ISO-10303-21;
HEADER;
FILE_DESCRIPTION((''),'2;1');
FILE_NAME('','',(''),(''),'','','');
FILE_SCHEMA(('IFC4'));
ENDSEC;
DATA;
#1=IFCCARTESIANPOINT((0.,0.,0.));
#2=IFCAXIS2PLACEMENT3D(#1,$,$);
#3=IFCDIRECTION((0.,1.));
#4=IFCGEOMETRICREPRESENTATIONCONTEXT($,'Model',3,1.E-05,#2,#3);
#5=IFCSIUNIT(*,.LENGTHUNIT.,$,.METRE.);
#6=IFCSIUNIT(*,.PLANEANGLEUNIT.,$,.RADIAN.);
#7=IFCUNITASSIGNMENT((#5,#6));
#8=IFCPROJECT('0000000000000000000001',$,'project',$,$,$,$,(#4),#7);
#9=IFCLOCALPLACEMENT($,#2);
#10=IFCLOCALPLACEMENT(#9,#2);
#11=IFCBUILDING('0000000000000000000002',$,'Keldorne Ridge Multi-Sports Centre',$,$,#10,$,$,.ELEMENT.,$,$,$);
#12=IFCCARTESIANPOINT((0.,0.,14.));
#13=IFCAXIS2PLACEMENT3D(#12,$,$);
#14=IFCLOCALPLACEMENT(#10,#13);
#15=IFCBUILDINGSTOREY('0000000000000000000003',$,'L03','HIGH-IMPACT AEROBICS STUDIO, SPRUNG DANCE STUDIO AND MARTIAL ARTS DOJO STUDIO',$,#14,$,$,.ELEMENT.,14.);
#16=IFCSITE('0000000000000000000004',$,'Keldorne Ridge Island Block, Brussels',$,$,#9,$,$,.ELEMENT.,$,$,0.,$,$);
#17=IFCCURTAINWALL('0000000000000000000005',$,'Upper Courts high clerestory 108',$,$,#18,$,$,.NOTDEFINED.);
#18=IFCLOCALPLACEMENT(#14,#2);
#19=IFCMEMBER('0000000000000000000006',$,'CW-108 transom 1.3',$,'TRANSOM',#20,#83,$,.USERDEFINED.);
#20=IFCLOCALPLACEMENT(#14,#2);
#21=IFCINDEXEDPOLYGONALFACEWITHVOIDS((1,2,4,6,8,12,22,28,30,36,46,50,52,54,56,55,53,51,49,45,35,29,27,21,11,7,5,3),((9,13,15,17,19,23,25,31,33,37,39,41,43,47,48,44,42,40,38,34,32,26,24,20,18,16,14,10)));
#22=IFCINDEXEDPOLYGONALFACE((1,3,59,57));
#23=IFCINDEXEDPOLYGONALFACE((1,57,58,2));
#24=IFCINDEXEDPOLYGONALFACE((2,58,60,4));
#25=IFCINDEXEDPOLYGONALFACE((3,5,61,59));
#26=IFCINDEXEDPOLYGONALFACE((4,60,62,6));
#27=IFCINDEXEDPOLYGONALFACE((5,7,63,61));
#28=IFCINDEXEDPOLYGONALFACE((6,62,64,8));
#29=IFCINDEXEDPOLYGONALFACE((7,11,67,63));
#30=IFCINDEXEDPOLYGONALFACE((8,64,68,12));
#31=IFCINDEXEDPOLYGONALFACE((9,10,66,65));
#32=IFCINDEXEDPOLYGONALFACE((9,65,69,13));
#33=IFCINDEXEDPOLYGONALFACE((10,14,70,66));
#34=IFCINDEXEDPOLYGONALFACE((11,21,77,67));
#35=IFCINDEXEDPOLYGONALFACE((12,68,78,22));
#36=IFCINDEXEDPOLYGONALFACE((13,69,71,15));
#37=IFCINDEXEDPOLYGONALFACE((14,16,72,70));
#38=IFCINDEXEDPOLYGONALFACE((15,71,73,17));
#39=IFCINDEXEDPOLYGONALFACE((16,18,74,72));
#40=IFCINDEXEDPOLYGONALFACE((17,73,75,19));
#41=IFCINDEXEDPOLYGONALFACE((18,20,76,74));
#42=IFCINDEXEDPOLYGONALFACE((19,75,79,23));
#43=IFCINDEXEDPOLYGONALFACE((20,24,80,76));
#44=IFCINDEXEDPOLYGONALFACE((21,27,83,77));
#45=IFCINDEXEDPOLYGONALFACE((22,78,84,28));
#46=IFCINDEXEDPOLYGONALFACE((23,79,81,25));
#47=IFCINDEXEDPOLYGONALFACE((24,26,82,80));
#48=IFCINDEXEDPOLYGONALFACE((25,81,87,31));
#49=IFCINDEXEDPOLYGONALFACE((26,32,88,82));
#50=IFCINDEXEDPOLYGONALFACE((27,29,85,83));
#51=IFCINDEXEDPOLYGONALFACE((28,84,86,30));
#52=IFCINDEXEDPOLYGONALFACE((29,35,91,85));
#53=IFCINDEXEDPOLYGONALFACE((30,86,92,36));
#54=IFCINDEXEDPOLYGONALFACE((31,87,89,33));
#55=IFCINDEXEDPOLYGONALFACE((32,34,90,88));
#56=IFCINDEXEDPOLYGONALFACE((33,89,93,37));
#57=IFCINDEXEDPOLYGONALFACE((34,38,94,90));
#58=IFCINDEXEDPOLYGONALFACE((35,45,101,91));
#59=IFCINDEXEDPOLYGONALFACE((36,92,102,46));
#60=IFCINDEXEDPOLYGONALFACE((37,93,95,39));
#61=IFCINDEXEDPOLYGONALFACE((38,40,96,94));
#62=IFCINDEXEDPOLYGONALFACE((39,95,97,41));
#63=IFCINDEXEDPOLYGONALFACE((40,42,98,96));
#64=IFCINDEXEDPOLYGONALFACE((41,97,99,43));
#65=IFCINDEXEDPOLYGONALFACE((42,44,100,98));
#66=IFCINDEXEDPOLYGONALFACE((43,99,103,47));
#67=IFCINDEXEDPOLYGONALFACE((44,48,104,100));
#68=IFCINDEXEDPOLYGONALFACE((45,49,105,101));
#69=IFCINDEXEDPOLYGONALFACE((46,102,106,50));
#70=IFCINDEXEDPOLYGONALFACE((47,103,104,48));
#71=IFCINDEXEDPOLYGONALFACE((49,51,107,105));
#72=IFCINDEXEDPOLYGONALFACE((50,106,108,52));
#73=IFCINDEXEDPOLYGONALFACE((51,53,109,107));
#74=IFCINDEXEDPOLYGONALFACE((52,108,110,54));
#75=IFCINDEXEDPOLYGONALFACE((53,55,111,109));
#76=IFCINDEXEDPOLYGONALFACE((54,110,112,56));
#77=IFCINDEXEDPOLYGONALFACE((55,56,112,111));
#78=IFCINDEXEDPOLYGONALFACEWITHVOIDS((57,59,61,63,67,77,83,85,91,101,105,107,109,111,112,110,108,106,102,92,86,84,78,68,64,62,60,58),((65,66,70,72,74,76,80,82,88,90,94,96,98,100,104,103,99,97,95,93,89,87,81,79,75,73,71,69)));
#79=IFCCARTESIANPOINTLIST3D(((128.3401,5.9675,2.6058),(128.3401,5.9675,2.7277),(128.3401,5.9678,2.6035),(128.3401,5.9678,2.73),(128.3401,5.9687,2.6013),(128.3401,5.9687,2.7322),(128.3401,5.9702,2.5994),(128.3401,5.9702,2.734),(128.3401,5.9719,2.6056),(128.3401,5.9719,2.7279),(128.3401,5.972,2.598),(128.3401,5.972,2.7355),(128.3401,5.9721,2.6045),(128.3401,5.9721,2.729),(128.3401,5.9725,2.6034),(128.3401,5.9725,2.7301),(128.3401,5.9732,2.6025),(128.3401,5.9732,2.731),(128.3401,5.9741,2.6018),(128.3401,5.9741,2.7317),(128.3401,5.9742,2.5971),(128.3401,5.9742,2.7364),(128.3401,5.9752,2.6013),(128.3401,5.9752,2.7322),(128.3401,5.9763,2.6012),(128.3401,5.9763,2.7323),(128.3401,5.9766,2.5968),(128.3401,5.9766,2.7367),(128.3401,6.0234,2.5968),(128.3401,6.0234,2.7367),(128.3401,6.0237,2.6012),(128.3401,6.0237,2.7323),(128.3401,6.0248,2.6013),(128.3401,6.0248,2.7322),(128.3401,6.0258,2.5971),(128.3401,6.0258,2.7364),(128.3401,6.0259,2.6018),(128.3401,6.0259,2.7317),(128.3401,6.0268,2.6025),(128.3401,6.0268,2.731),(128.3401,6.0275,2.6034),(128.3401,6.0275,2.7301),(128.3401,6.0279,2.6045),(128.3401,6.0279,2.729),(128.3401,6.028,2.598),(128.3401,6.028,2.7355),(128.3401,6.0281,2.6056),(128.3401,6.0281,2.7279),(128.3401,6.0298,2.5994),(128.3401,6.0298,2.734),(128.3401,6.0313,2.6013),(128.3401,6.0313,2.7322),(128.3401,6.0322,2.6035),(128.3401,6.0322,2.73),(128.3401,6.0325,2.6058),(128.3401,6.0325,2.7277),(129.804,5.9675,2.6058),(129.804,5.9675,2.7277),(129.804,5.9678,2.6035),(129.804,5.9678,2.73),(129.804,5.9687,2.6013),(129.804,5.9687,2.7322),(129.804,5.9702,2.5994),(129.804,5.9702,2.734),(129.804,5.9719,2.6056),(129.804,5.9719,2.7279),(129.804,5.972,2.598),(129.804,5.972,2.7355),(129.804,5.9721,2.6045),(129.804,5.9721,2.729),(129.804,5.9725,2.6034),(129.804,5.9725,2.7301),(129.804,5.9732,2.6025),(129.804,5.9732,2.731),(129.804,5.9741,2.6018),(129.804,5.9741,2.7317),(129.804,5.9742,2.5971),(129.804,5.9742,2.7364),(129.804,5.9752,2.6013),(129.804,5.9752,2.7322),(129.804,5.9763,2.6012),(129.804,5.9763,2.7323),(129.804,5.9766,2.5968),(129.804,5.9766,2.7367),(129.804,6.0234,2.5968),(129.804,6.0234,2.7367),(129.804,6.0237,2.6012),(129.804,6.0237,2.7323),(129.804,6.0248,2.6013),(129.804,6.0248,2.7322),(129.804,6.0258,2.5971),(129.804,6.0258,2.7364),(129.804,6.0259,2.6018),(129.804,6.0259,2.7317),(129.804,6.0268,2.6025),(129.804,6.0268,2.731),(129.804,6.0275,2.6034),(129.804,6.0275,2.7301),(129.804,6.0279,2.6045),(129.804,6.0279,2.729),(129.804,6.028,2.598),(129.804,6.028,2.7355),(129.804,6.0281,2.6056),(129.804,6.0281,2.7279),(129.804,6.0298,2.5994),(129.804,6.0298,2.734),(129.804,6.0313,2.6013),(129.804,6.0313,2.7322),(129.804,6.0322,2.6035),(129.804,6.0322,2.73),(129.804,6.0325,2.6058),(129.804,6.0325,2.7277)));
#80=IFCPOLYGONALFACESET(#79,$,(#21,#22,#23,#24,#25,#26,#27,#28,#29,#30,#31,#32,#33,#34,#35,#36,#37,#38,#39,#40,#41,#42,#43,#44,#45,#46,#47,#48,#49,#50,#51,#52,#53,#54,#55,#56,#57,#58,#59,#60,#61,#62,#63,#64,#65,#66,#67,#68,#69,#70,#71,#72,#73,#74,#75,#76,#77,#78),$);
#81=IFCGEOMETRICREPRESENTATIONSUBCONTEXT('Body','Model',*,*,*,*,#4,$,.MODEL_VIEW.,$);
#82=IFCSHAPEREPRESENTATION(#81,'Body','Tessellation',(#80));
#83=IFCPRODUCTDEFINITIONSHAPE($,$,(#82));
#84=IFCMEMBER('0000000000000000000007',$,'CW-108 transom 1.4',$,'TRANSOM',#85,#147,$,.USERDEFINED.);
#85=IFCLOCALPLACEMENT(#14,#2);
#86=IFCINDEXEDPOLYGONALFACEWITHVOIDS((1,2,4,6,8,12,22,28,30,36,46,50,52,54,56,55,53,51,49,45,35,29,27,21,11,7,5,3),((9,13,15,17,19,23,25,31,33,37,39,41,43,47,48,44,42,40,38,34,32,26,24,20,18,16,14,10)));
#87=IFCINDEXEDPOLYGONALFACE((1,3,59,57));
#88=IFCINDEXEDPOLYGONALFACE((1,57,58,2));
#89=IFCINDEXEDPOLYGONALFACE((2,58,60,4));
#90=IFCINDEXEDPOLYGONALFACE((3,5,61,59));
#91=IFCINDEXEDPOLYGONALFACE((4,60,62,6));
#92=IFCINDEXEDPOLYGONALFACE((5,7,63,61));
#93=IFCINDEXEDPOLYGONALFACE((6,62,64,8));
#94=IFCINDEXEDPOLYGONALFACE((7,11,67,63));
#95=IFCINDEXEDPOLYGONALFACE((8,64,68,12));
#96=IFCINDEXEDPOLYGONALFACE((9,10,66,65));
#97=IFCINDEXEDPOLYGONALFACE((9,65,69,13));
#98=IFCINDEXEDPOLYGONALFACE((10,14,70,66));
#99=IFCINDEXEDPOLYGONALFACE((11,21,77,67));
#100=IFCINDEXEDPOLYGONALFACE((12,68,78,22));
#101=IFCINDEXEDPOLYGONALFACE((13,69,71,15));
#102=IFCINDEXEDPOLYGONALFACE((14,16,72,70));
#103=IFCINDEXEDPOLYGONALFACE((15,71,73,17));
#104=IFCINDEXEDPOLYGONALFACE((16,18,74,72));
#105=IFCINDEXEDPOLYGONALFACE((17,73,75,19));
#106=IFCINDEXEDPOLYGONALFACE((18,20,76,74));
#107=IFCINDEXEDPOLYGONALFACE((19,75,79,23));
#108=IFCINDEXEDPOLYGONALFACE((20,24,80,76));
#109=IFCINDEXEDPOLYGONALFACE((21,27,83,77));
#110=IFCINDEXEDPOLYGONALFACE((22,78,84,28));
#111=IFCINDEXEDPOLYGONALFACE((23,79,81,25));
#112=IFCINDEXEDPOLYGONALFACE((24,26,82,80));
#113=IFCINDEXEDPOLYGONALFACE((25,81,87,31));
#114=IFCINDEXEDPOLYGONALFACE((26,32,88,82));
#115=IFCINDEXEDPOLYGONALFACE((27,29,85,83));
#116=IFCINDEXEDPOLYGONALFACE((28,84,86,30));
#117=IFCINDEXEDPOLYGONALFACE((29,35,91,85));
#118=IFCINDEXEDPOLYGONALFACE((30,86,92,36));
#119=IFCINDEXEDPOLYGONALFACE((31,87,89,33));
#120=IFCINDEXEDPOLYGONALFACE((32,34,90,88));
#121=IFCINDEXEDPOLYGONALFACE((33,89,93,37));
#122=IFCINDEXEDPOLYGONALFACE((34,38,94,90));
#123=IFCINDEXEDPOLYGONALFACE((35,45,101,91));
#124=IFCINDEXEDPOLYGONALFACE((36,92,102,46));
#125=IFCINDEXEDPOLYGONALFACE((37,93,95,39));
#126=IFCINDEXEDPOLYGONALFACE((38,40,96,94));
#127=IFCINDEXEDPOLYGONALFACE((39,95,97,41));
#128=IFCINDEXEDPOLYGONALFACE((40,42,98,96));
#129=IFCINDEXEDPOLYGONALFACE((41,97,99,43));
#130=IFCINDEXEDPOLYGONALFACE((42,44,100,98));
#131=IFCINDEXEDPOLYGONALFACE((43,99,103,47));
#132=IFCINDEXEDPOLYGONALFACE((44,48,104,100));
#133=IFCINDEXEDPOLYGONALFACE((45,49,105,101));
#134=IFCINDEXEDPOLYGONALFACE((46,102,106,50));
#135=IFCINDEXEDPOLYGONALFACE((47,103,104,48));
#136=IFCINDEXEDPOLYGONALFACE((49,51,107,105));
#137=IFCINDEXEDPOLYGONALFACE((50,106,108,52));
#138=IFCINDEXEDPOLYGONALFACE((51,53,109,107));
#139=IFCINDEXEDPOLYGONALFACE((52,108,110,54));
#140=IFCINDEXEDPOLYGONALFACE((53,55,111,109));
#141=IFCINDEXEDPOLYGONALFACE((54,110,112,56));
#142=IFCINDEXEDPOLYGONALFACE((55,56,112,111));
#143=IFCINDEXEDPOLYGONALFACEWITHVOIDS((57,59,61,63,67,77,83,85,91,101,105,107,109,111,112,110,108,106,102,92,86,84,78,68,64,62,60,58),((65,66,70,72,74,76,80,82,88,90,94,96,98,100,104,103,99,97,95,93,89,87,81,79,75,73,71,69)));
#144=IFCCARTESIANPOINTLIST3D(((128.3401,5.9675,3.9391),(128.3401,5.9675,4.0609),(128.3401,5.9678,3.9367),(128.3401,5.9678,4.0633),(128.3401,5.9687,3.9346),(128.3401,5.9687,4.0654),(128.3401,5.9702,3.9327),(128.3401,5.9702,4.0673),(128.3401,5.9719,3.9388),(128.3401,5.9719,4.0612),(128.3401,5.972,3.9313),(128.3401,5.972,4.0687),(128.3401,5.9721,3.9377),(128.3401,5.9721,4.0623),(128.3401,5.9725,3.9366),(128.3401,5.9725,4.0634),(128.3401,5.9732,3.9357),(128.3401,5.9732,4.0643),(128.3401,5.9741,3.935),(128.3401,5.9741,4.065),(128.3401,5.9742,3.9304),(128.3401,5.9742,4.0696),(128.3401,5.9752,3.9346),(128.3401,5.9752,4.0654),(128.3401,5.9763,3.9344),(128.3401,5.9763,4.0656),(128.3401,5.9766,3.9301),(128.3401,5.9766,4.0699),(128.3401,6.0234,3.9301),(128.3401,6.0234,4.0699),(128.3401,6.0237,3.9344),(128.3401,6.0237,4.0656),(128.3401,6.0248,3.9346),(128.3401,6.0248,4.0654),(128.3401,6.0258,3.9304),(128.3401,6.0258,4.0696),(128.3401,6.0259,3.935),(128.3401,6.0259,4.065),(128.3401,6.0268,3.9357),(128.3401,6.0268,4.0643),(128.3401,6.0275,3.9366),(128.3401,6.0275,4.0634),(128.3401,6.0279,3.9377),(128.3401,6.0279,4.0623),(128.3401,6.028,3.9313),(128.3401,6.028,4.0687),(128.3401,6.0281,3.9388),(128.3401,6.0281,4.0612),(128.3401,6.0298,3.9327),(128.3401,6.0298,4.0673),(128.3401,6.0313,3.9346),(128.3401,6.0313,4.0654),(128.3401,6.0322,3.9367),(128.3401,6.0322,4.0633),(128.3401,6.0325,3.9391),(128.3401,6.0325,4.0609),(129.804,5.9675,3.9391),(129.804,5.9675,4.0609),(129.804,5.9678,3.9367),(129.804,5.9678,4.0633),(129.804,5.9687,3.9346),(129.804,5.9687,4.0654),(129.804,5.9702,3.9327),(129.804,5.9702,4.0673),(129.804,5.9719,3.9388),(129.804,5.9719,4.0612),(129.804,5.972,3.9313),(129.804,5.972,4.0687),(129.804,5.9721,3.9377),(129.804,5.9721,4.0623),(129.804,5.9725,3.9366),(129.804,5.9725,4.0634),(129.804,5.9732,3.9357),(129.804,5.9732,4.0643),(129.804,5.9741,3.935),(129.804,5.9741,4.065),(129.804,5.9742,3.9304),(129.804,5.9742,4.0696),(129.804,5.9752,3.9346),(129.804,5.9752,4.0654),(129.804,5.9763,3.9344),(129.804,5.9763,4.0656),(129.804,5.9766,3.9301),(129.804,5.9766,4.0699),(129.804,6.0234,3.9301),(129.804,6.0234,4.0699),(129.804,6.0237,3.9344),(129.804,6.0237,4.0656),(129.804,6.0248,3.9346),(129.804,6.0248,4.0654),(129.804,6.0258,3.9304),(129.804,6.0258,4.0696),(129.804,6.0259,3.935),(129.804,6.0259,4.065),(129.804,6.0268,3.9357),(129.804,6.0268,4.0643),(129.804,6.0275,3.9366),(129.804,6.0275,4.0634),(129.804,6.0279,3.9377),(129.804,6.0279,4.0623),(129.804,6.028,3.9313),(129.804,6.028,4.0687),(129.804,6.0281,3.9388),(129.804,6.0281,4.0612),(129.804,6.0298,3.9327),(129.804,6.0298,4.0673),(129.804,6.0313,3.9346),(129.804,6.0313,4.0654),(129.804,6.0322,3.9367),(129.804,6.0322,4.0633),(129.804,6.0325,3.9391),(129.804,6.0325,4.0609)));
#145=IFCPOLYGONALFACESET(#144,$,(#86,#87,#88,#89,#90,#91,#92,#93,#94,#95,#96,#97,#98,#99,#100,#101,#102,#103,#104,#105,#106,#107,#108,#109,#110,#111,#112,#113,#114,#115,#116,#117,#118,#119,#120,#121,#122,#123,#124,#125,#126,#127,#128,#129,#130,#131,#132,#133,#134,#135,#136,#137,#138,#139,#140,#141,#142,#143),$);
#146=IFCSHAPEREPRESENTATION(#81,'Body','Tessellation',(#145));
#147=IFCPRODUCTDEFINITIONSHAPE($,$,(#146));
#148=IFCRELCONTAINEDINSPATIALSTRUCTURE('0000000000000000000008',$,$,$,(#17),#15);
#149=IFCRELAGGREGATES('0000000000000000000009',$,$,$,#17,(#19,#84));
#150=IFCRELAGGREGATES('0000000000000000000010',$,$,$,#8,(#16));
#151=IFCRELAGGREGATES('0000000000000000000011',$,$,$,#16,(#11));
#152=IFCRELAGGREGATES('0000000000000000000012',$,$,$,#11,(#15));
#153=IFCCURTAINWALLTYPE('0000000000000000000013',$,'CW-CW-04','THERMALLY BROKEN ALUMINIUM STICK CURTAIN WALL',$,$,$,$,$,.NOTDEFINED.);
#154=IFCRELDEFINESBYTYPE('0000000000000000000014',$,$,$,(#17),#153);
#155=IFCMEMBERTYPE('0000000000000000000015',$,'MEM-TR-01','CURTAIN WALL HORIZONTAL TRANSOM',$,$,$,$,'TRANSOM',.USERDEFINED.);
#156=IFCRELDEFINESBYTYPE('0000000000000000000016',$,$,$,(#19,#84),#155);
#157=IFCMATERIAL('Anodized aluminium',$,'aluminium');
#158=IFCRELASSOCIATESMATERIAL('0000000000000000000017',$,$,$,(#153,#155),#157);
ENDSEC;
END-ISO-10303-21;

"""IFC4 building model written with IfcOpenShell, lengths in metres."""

from ifc_helpers import new_model, si_unit, direction, frame, origin, origin_2d, place, context, subcontext, project, spatial, hollow_rectangle, extrude, material, material_profile, profile_set, type_object, element, aggregate, save


model = new_model("IFC4")

# Units and contexts
model_context = context("Model", 3, precision=1e-05, world=origin(), true_north=direction((0.0, 1.0)))
body_context = subcontext(model_context, "Body", "Model", "MODEL_VIEW")
ifc_project = project(units=[si_unit("LENGTHUNIT", "METRE"), si_unit("PLANEANGLEUNIT", "RADIAN")], contexts=[model_context])

# Site, building, storey
site_placement = place(None, origin())
site = spatial("IfcSite", under=ifc_project, at=site_placement, Name="Keldorne Ridge Island Block, Brussels", CompositionType="ELEMENT", RefElevation=0.0)
building_placement = place(site_placement, origin())
building = spatial("IfcBuilding", under=site, at=building_placement, Name="Keldorne Ridge Multi-Sports Centre", CompositionType="ELEMENT")
storey_placement = place(building_placement, frame((0.0, 0.0, 14.0)))
storey = spatial("IfcBuildingStorey", under=building, at=storey_placement, Name="L03", Description="HIGH-IMPACT AEROBICS STUDIO, SPRUNG DANCE STUDIO AND MARTIAL ARTS DOJO STUDIO", CompositionType="ELEMENT", Elevation=14.0)

# Curtain wall
ifc_material_1 = material(Name="Anodized aluminium", Category="aluminium")
curtain_wall_type_1 = type_object("IfcCurtainWallType", Name="CW-CW-04", Description="THERMALLY BROKEN ALUMINIUM STICK CURTAIN WALL", PredefinedType="NOTDEFINED", material=ifc_material_1)
curtain_wall_1_placement = place(storey_placement, origin())
curtain_wall_1 = element("IfcCurtainWall", 1, at=curtain_wall_1_placement, inside=storey, type_object=curtain_wall_type_1, Name="Upper Courts high clerestory 108", PredefinedType="NOTDEFINED")

# Members
ifc_material_profile_1 = material_profile(ifc_material_1, hollow_rectangle(XDim=0.0649, YDim=0.1399, WallThickness=0.0044, InnerFilletRadius=0.0044, OuterFilletRadius=0.009, at=origin_2d()), Name="ALU TRANSOM 140x65x4.5")
ifc_profile_set_1 = profile_set([ifc_material_profile_1], Name="Anodized aluminium")
member_type_1 = type_object("IfcMemberType", Name="MEM-TR-01", Description="CURTAIN WALL HORIZONTAL TRANSOM", ElementType="TRANSOM", PredefinedType="USERDEFINED", material=ifc_profile_set_1)
member_1_placement = place(storey_placement, frame((128.3401, 6.0, 2.6667), z_axis=(1.0, 0.0, 0.0), x_axis=(0.0, 1.0, 0.0)))
member_1 = element("IfcMember", 2, at=member_1_placement, type_object=member_type_1, Name="CW-108 transom 1.3", ObjectType="TRANSOM", PredefinedType="USERDEFINED", context=body_context, shape_type="SweptSolid", body=[
    extrude(hollow_rectangle(XDim=0.0649, YDim=0.1399, WallThickness=0.0044, InnerFilletRadius=0.0044, OuterFilletRadius=0.009, at=origin_2d()), origin(), (0.0, 0.0, 1.0), 1.4639),
])
member_2_placement = place(storey_placement, frame((128.3401, 6.0, 4.0), z_axis=(1.0, 0.0, 0.0), x_axis=(0.0, 1.0, 0.0)))
member_2 = element("IfcMember", 3, at=member_2_placement, type_object=member_type_1, Name="CW-108 transom 1.4", ObjectType="TRANSOM", PredefinedType="USERDEFINED", context=body_context, shape_type="SweptSolid", body=[
    extrude(hollow_rectangle(XDim=0.0649, YDim=0.1399, WallThickness=0.0044, InnerFilletRadius=0.0044, OuterFilletRadius=0.009, at=origin_2d()), origin(), (0.0, 0.0, 1.0), 1.4639),
])

aggregate(curtain_wall_1, [member_1, member_2])

save(model, "model.ifc")
